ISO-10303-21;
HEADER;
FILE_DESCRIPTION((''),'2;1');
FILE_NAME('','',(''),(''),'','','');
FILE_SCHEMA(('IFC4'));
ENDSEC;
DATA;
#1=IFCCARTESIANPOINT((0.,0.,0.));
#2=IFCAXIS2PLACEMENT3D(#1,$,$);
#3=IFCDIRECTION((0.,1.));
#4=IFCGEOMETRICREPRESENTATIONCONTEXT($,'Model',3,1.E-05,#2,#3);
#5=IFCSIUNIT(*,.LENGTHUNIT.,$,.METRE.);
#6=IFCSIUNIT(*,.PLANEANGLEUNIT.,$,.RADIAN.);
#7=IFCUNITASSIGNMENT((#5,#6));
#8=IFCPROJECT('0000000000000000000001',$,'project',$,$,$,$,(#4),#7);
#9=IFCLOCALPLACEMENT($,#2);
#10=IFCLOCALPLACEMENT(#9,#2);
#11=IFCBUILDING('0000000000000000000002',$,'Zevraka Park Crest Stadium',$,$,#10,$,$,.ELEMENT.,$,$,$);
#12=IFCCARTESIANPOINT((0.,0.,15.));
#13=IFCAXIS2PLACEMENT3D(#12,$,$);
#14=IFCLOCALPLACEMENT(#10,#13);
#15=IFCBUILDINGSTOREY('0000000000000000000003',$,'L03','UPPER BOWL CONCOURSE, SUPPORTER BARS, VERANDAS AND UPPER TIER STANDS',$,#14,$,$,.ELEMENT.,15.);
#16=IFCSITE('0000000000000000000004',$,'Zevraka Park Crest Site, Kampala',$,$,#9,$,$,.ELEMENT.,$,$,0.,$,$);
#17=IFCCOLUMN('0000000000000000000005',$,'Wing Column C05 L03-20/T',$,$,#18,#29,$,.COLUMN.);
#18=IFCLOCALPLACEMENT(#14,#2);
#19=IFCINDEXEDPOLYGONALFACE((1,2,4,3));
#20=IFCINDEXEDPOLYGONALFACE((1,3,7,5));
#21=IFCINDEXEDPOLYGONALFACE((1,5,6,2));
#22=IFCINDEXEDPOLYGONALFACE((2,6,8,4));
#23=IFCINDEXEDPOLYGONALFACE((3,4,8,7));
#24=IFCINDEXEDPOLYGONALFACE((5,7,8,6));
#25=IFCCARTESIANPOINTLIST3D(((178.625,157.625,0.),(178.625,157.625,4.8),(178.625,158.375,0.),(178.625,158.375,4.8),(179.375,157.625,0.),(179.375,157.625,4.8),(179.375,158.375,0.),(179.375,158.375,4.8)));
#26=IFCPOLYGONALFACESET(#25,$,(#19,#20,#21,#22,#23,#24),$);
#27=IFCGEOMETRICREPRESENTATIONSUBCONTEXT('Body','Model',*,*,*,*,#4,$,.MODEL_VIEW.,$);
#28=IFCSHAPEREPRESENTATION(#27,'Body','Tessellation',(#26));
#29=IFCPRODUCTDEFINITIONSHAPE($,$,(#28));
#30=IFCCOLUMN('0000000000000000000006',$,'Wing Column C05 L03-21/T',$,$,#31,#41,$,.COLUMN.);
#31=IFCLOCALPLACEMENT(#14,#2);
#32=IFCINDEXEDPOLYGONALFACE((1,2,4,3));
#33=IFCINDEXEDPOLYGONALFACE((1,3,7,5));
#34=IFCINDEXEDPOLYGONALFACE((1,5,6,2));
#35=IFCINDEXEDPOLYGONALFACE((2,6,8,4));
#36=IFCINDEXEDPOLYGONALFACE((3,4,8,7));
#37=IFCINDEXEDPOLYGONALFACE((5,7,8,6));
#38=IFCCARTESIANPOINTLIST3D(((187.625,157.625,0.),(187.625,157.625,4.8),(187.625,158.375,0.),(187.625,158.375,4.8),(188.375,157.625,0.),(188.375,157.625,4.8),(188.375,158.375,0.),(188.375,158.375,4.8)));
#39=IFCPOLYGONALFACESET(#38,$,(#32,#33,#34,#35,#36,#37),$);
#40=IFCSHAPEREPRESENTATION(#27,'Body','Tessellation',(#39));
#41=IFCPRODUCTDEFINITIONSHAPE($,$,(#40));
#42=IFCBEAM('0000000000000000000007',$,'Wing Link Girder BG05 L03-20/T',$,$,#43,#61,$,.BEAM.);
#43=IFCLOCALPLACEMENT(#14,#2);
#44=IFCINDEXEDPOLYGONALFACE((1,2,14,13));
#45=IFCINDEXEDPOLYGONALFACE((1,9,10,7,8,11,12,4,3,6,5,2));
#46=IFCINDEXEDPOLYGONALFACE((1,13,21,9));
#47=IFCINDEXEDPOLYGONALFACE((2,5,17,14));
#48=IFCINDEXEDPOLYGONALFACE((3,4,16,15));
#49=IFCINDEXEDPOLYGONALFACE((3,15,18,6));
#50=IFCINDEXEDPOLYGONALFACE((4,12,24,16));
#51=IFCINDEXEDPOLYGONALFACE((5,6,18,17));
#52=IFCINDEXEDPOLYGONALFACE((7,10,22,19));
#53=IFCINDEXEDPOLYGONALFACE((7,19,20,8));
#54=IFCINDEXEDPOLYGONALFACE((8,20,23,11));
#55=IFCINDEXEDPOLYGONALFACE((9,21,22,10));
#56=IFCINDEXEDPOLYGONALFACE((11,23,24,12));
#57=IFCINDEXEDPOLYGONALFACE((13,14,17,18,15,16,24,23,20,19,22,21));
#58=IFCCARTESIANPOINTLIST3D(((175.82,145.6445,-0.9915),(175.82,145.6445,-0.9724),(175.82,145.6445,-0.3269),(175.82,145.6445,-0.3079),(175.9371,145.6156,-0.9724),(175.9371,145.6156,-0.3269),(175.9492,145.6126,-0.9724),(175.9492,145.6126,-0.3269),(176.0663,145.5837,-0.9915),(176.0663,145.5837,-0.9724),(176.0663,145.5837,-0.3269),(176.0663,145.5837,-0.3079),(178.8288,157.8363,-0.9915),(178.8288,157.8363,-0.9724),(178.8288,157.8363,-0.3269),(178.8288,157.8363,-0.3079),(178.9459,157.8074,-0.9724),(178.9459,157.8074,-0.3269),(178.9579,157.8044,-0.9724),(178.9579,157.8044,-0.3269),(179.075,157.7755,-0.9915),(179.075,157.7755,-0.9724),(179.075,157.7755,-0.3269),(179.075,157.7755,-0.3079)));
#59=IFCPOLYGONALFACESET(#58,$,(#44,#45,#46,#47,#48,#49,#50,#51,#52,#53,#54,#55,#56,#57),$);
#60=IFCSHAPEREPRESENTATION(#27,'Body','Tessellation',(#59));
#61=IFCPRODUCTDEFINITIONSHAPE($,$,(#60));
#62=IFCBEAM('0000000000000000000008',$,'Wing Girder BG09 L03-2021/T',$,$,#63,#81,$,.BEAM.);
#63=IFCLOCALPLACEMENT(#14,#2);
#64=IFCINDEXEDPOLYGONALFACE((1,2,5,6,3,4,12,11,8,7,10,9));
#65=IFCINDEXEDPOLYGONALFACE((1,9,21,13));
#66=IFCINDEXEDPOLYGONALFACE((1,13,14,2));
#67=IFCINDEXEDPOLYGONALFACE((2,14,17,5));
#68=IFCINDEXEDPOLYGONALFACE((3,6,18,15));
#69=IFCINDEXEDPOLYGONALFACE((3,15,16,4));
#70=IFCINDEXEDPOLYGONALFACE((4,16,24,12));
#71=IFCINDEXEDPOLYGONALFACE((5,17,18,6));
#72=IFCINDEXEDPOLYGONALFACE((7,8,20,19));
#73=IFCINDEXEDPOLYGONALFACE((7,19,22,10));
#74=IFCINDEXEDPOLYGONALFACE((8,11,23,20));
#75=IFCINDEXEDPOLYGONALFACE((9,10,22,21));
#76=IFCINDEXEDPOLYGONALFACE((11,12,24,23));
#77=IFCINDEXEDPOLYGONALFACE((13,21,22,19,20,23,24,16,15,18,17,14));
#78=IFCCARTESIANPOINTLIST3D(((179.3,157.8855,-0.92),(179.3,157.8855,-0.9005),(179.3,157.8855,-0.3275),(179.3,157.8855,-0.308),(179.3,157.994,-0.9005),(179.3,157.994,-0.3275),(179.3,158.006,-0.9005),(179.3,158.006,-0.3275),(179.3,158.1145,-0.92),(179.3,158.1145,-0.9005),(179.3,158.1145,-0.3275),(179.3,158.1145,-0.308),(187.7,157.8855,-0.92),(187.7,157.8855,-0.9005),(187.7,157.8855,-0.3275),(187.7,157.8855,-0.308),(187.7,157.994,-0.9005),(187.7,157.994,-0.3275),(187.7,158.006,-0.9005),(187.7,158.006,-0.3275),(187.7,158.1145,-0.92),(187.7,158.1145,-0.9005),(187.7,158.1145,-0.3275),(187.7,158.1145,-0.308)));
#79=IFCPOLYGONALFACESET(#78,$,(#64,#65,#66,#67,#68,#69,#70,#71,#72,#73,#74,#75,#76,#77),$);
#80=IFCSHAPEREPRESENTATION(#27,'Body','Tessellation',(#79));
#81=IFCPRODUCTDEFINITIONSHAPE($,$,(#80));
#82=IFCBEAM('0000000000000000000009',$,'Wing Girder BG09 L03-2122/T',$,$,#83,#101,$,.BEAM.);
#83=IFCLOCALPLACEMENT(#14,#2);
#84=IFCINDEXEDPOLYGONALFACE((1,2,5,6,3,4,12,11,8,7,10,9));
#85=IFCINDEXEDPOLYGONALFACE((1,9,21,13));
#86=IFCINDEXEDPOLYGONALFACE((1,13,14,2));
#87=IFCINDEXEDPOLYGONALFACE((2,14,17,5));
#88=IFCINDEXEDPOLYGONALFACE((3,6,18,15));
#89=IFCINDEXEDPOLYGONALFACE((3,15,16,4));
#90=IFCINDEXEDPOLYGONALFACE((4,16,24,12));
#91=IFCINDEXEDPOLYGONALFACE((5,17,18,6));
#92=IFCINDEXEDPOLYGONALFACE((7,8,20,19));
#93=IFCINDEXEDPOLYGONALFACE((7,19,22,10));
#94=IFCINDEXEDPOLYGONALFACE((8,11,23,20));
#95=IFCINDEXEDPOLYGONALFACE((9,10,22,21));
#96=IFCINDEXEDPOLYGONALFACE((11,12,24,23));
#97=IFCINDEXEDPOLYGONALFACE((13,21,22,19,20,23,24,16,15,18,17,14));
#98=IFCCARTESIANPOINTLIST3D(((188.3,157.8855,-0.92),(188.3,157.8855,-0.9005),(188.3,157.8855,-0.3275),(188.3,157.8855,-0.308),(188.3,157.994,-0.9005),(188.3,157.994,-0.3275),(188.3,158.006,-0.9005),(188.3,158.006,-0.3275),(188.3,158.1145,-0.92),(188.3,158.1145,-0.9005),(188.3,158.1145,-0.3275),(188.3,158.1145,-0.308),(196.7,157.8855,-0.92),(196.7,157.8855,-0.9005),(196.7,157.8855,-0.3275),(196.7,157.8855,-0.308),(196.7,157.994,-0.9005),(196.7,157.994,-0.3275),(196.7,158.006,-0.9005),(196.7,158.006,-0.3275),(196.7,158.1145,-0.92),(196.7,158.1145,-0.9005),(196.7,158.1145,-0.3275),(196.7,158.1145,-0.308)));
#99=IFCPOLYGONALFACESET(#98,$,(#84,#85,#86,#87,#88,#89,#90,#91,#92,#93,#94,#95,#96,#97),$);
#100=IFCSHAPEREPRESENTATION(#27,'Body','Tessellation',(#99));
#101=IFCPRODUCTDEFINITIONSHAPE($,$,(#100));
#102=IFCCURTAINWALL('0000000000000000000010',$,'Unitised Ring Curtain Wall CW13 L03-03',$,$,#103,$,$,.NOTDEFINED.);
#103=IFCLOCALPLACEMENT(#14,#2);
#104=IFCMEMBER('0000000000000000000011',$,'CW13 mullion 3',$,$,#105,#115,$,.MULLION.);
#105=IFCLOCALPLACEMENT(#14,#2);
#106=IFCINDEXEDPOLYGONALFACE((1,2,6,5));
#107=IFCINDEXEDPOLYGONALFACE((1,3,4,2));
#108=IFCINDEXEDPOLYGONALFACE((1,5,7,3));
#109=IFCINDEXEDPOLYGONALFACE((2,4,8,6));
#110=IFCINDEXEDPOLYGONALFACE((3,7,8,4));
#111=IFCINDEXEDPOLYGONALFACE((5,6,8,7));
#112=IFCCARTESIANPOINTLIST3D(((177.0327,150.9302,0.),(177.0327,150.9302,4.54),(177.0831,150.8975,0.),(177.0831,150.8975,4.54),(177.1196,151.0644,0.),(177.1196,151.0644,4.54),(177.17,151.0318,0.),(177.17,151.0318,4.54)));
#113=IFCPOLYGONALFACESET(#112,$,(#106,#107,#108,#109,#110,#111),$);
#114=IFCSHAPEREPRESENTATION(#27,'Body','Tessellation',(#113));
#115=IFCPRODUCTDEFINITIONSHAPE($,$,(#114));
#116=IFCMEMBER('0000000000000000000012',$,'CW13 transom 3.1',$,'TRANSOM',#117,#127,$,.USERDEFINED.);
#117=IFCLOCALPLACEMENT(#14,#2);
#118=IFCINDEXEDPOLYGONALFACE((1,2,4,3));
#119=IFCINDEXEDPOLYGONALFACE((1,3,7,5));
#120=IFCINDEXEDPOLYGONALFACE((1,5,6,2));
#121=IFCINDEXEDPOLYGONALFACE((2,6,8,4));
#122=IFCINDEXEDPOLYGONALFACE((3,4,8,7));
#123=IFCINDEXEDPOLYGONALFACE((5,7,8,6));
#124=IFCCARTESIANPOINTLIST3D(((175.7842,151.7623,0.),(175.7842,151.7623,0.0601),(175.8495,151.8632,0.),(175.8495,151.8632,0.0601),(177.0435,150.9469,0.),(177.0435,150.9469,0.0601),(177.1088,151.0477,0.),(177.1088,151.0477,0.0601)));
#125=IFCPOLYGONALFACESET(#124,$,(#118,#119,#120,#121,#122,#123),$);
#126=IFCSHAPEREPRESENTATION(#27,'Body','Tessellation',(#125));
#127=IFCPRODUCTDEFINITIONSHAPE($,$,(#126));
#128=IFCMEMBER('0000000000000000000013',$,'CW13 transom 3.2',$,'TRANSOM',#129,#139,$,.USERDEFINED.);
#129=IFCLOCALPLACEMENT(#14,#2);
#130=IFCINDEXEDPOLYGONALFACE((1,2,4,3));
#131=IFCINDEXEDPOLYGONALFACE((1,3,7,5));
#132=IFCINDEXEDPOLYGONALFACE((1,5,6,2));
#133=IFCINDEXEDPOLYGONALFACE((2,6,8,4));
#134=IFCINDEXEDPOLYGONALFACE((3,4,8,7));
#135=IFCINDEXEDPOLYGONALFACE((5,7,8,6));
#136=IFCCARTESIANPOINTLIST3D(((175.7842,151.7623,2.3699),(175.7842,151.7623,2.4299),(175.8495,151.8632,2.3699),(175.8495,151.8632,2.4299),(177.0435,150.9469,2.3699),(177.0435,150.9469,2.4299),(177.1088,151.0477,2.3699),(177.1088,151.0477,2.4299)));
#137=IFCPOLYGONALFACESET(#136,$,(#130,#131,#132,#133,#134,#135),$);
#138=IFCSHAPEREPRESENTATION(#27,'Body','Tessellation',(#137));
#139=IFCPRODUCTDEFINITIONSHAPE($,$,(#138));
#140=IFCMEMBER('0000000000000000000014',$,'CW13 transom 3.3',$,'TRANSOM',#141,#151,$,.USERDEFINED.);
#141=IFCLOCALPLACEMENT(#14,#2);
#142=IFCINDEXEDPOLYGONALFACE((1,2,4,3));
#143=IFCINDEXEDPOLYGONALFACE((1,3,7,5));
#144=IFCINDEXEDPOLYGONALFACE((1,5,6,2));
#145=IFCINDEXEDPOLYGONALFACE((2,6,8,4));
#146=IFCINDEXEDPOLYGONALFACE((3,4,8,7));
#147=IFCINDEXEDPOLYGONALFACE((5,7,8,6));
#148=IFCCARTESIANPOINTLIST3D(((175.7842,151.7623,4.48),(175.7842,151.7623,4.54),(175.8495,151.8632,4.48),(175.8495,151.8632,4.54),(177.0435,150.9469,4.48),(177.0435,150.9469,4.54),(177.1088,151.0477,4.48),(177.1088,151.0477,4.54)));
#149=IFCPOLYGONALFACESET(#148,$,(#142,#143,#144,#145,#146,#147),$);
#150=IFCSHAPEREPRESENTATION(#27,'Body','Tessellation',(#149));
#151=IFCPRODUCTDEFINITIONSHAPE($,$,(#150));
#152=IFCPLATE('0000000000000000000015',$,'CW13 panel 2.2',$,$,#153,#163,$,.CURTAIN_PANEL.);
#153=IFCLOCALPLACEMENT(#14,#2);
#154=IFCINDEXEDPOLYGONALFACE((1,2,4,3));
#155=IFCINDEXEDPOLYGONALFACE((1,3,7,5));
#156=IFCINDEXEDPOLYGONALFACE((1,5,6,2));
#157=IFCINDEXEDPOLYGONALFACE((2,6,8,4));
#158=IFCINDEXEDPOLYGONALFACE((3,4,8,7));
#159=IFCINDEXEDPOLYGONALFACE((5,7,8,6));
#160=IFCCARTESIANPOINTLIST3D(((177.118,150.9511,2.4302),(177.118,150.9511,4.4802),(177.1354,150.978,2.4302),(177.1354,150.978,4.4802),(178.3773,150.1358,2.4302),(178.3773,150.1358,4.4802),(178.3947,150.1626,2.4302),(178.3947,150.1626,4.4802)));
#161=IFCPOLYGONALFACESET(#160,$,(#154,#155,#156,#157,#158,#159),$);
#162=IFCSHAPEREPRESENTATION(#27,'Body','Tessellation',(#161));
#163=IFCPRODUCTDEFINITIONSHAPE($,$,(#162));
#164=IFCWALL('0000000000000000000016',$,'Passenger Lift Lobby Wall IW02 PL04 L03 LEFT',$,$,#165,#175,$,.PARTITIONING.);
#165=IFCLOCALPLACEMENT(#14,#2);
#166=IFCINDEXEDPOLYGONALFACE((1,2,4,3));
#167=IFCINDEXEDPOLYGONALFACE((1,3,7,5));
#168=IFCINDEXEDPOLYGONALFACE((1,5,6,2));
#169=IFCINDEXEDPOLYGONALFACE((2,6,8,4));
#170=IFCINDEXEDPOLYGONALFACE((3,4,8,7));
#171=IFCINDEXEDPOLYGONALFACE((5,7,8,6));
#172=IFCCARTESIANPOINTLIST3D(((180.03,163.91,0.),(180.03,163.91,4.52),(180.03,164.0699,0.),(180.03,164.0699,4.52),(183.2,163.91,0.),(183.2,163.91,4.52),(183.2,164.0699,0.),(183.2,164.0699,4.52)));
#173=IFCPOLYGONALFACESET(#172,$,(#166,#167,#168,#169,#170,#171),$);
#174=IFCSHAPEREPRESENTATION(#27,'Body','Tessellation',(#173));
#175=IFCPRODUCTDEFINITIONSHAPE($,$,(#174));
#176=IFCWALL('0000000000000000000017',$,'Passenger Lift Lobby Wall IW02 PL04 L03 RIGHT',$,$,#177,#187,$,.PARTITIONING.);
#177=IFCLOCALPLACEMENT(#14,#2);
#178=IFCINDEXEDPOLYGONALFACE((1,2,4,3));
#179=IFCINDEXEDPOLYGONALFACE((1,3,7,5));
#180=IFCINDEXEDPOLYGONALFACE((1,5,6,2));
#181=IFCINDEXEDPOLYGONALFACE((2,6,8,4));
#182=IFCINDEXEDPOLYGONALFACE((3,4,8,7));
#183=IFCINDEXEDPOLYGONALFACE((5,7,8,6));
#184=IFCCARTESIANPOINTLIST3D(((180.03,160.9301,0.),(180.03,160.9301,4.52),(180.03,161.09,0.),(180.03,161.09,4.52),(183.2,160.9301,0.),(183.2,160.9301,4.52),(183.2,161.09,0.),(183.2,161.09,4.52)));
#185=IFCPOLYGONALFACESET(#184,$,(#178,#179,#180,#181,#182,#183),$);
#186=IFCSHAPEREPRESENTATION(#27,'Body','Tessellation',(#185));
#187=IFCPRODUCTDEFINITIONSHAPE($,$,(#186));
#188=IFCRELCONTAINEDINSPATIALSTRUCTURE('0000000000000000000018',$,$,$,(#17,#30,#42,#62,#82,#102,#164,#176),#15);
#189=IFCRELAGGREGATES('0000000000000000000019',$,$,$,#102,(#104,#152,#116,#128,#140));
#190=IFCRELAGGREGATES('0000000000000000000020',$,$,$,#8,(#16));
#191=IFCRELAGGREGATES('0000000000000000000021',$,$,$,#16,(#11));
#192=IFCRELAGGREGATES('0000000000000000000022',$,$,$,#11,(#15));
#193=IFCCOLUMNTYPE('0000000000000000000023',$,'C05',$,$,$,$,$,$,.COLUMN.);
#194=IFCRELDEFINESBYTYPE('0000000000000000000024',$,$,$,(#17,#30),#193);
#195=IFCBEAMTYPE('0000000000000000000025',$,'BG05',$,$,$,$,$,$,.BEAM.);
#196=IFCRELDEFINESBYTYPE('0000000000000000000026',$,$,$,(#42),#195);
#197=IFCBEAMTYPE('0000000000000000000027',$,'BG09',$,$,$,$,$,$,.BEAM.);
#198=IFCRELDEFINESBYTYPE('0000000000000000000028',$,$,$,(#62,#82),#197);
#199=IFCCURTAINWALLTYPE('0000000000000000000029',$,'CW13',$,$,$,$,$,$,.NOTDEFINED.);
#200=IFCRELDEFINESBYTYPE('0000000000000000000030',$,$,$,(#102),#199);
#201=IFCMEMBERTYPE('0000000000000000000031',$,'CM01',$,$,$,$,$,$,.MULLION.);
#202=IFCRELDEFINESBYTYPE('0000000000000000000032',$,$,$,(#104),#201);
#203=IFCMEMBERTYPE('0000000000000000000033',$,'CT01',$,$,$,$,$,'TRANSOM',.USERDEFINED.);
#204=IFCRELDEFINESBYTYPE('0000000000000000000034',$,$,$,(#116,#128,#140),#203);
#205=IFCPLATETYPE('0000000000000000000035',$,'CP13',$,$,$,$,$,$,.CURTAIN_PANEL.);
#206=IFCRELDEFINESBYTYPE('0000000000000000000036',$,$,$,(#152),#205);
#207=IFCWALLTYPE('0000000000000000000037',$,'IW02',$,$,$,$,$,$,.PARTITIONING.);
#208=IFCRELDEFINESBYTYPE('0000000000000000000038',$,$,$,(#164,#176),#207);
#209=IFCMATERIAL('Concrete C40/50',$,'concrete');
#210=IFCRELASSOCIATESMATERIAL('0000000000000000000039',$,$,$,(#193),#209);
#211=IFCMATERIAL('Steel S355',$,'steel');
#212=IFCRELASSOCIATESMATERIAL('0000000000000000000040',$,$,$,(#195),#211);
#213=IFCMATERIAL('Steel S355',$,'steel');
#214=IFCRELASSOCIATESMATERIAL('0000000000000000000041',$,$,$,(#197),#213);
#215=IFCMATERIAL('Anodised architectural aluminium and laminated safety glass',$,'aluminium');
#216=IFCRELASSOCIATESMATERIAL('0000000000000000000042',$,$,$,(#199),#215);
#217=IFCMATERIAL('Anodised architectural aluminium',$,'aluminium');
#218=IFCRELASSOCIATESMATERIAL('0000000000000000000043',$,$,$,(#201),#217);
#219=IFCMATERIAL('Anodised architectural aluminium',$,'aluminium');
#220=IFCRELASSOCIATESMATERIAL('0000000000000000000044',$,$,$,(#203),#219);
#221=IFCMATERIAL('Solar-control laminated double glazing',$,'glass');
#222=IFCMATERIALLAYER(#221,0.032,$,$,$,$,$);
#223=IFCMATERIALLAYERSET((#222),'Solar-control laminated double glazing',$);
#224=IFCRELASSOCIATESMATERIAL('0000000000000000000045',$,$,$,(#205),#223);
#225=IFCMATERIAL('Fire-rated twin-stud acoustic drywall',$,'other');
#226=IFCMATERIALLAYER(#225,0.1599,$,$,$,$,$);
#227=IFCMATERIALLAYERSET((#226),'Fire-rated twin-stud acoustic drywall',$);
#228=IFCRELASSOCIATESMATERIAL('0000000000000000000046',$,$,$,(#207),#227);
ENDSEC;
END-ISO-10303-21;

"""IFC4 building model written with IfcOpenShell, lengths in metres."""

from ifc_helpers import new_model, si_unit, direction, frame, frame_2d, origin, origin_2d, place, context, subcontext, project, spatial, rectangle, i_section, extrude, material, layer, layer_set, material_profile, profile_set, type_object, element, aggregate, save


model = new_model("IFC4")

# Units and contexts
model_context = context("Model", 3, precision=1e-05, world=origin(), true_north=direction((0.0, 1.0)))
body_context = subcontext(model_context, "Body", "Model", "MODEL_VIEW")
ifc_project = project(units=[si_unit("LENGTHUNIT", "METRE"), si_unit("PLANEANGLEUNIT", "RADIAN")], contexts=[model_context])

# Site, building, storey
site_placement = place(None, origin())
site = spatial("IfcSite", under=ifc_project, at=site_placement, Name="Zevraka Park Crest Site, Kampala", CompositionType="ELEMENT", RefElevation=0.0)
building_placement = place(site_placement, origin())
building = spatial("IfcBuilding", under=site, at=building_placement, Name="Zevraka Park Crest Stadium", CompositionType="ELEMENT")
storey_placement = place(building_placement, frame((0.0, 0.0, 15.0)))
storey = spatial("IfcBuildingStorey", under=building, at=storey_placement, Name="L03", Description="UPPER BOWL CONCOURSE, SUPPORTER BARS, VERANDAS AND UPPER TIER STANDS", CompositionType="ELEMENT", Elevation=15.0)

# Columns
ifc_material_1 = material(Name="Concrete C40/50", Category="concrete")
ifc_material_profile_1 = material_profile(ifc_material_1, rectangle(XDim=0.75, YDim=0.75, at=origin_2d()), Name="RC 750x750")
ifc_profile_set_1 = profile_set([ifc_material_profile_1], Name="Concrete C40/50")
column_type = type_object("IfcColumnType", Name="C05", PredefinedType="COLUMN", material=ifc_profile_set_1)
for number, where, z_axis, x_axis, name in (
    (1, (179.0, 158.0, 0.0), (0.0, 0.0, 1.0), (1.0, 0.0, 0.0), "Wing Column C05 L03-20/T"),
    (2, (188.0, 158.0, 0.0), (0.0, 0.0, 1.0), (1.0, 0.0, 0.0), "Wing Column C05 L03-21/T"),
):
    element("IfcColumn", number, at=place(storey_placement, frame(where, z_axis=z_axis, x_axis=x_axis)), inside=storey, type_object=column_type, Name=name, PredefinedType="COLUMN", context=body_context, shape_type="SweptSolid", body=[
        extrude(rectangle(XDim=0.75, YDim=0.75, at=origin_2d()), origin(), (0.0, 0.0, 1.0), 4.8),
    ])

# Beams
ifc_material_2 = material(Name="Steel S355", Category="steel")
ifc_material_profile_2 = material_profile(ifc_material_2, i_section(OverallWidth=0.2537, OverallDepth=0.6836, WebThickness=0.0125, FlangeThickness=0.019, at=origin_2d()), Name="UKB 686x254x140")
ifc_profile_set_2 = profile_set([ifc_material_profile_2], Name="Steel S355")
beam_type_1 = type_object("IfcBeamType", Name="BG05", PredefinedType="BEAM", material=ifc_profile_set_2)
beam_placement = place(storey_placement, frame((178.9519, 157.8059, -0.6497), z_axis=(-0.239598, -0.970872, 0.0), x_axis=(0.970872, -0.239598, 0.0)))
element("IfcBeam", 3, at=beam_placement, inside=storey, type_object=beam_type_1, Name="Wing Link Girder BG05 L03-20/T", PredefinedType="BEAM", context=body_context, shape_type="SweptSolid", body=[
    extrude(i_section(OverallWidth=0.2537, OverallDepth=0.6836, WebThickness=0.0125, FlangeThickness=0.019, at=origin_2d()), origin(), (0.0, 0.0, 1.0), 12.5576),
])
ifc_material_3 = material(Name="Steel S355", Category="steel")
ifc_material_profile_3 = material_profile(ifc_material_3, i_section(OverallWidth=0.229, OverallDepth=0.6121, WebThickness=0.012, FlangeThickness=0.0195, at=origin_2d()), Name="UKB 610x229x125")
ifc_profile_set_3 = profile_set([ifc_material_profile_3], Name="Steel S355")
beam_type_2 = type_object("IfcBeamType", Name="BG09", PredefinedType="BEAM", material=ifc_profile_set_3)
for number, where, z_axis, x_axis, name in (
    (4, (179.3, 158.0, -0.614), (1.0, 0.0, 0.0), (0.0, 1.0, 0.0), "Wing Girder BG09 L03-2021/T"),
    (5, (188.3, 158.0, -0.614), (1.0, 0.0, 0.0), (0.0, 1.0, 0.0), "Wing Girder BG09 L03-2122/T"),
):
    element("IfcBeam", number, at=place(storey_placement, frame(where, z_axis=z_axis, x_axis=x_axis)), inside=storey, type_object=beam_type_2, Name=name, PredefinedType="BEAM", context=body_context, shape_type="SweptSolid", body=[
        extrude(i_section(OverallWidth=0.229, OverallDepth=0.6121, WebThickness=0.012, FlangeThickness=0.0195, at=origin_2d()), origin(), (0.0, 0.0, 1.0), 8.3999),
    ])

# Curtain wall, members, plate
ifc_material_4 = material(Name="Anodised architectural aluminium and laminated safety glass", Category="aluminium")
curtain_wall_type = type_object("IfcCurtainWallType", Name="CW13", PredefinedType="NOTDEFINED", material=ifc_material_4)
curtain_wall_placement = place(storey_placement, origin())
curtain_wall = element("IfcCurtainWall", 6, at=curtain_wall_placement, inside=storey, type_object=curtain_wall_type, Name="Unitised Ring Curtain Wall CW13 L03-03", PredefinedType="NOTDEFINED")
ifc_material_5 = material(Name="Anodised architectural aluminium", Category="aluminium")
ifc_material_profile_4 = material_profile(ifc_material_5, rectangle(XDim=0.1599, YDim=0.0601, at=origin_2d()), Name="ALU MULLION 160x60")
ifc_profile_set_4 = profile_set([ifc_material_profile_4], Name="Anodised architectural aluminium")
member_type_1 = type_object("IfcMemberType", Name="CM01", PredefinedType="MULLION", material=ifc_profile_set_4)
member_1_placement = place(storey_placement, frame((177.1013, 150.981, 0.0), z_axis=(0.0, 0.0, 1.0), x_axis=(-0.543469, -0.839429, 0.0)))
member_1 = element("IfcMember", 7, at=member_1_placement, type_object=member_type_1, Name="CW13 mullion 3", PredefinedType="MULLION", context=body_context, shape_type="SweptSolid", body=[
    extrude(rectangle(XDim=0.1599, YDim=0.0601, at=origin_2d()), origin(), (0.0, 0.0, 1.0), 4.54),
])
ifc_material_6 = material(Name="Anodised architectural aluminium", Category="aluminium")
ifc_material_profile_5 = material_profile(ifc_material_6, rectangle(XDim=0.1201, YDim=0.0601, at=origin_2d()), Name="ALU TRANSOM 120x60")
ifc_profile_set_5 = profile_set([ifc_material_profile_5], Name="Anodised architectural aluminium")
member_type_2 = type_object("IfcMemberType", Name="CT01", ElementType="TRANSOM", PredefinedType="USERDEFINED", material=ifc_profile_set_5)
member_2_placement = place(storey_placement, frame((177.0762, 150.9973, 0.03), z_axis=(-0.839387, 0.543535, 0.0), x_axis=(-0.543535, -0.839387, 0.0)))
member_2 = element("IfcMember", 8, at=member_2_placement, type_object=member_type_2, Name="CW13 transom 3.1", ObjectType="TRANSOM", PredefinedType="USERDEFINED", context=body_context, shape_type="SweptSolid", body=[
    extrude(rectangle(XDim=0.1201, YDim=0.0601, at=origin_2d()), origin(), (0.0, 0.0, 1.0), 1.5002),
])
member_3_placement = place(storey_placement, frame((177.0762, 150.9973, 2.3999), z_axis=(-0.839387, 0.543535, 0.0), x_axis=(-0.543535, -0.839387, 0.0)))
member_3 = element("IfcMember", 9, at=member_3_placement, type_object=member_type_2, Name="CW13 transom 3.2", ObjectType="TRANSOM", PredefinedType="USERDEFINED", context=body_context, shape_type="SweptSolid", body=[
    extrude(rectangle(XDim=0.1201, YDim=0.0601, at=origin_2d()), origin(), (0.0, 0.0, 1.0), 1.5002),
])
member_4_placement = place(storey_placement, frame((177.0762, 150.9973, 4.51), z_axis=(-0.839387, 0.543535, 0.0), x_axis=(-0.543535, -0.839387, 0.0)))
member_4 = element("IfcMember", 10, at=member_4_placement, type_object=member_type_2, Name="CW13 transom 3.3", ObjectType="TRANSOM", PredefinedType="USERDEFINED", context=body_context, shape_type="SweptSolid", body=[
    extrude(rectangle(XDim=0.1201, YDim=0.0601, at=origin_2d()), origin(), (0.0, 0.0, 1.0), 1.5002),
])
ifc_material_7 = material(Name="Solar-control laminated double glazing", Category="glass")
ifc_layer_1 = layer(ifc_material_7, 0.032)
ifc_layer_set_1 = layer_set([ifc_layer_1], Name="Solar-control laminated double glazing")
plate_type = type_object("IfcPlateType", Name="CP13", PredefinedType="CURTAIN_PANEL", material=ifc_layer_set_1)
plate_placement = place(storey_placement, frame((177.7563, 150.5569, 2.4302), z_axis=(0.0, 0.0, 1.0), x_axis=(-0.839429, 0.543469, 0.0)))
plate = element("IfcPlate", 11, at=plate_placement, type_object=plate_type, Name="CW13 panel 2.2", PredefinedType="CURTAIN_PANEL", context=body_context, shape_type="SweptSolid", body=[
    extrude(rectangle(XDim=1.5002, YDim=0.032, at=origin_2d()), origin(), (0.0, 0.0, 1.0), 2.05),
])
aggregate(curtain_wall, [member_1, plate, member_2, member_3, member_4])

# Walls
ifc_material_8 = material(Name="Fire-rated twin-stud acoustic drywall", Category="other")
ifc_layer_2 = layer(ifc_material_8, 0.1599)
ifc_layer_set_2 = layer_set([ifc_layer_2], Name="Fire-rated twin-stud acoustic drywall")
wall_type_1 = type_object("IfcWallType", Name="IW02", PredefinedType="PARTITIONING", material=ifc_layer_set_2)
for number, where, z_axis, x_axis, name in (
    (12, (183.2, 163.99, 0.0), (0.0, 0.0, 1.0), (-1.0, 0.0, 0.0), "Passenger Lift Lobby Wall IW02 PL04 L03 LEFT"),
    (13, (183.2, 161.01, 0.0), (0.0, 0.0, 1.0), (-1.0, 0.0, 0.0), "Passenger Lift Lobby Wall IW02 PL04 L03 RIGHT"),
):
    element("IfcWall", number, at=place(storey_placement, frame(where, z_axis=z_axis, x_axis=x_axis)), inside=storey, type_object=wall_type_1, Name=name, PredefinedType="PARTITIONING", context=body_context, shape_type="SweptSolid", body=[
        extrude(rectangle(XDim=3.1699, YDim=0.1599, at=frame_2d((1.585, 0.0))), origin(), (0.0, 0.0, 1.0), 4.52),
    ])

save(model, "model.ifc")
